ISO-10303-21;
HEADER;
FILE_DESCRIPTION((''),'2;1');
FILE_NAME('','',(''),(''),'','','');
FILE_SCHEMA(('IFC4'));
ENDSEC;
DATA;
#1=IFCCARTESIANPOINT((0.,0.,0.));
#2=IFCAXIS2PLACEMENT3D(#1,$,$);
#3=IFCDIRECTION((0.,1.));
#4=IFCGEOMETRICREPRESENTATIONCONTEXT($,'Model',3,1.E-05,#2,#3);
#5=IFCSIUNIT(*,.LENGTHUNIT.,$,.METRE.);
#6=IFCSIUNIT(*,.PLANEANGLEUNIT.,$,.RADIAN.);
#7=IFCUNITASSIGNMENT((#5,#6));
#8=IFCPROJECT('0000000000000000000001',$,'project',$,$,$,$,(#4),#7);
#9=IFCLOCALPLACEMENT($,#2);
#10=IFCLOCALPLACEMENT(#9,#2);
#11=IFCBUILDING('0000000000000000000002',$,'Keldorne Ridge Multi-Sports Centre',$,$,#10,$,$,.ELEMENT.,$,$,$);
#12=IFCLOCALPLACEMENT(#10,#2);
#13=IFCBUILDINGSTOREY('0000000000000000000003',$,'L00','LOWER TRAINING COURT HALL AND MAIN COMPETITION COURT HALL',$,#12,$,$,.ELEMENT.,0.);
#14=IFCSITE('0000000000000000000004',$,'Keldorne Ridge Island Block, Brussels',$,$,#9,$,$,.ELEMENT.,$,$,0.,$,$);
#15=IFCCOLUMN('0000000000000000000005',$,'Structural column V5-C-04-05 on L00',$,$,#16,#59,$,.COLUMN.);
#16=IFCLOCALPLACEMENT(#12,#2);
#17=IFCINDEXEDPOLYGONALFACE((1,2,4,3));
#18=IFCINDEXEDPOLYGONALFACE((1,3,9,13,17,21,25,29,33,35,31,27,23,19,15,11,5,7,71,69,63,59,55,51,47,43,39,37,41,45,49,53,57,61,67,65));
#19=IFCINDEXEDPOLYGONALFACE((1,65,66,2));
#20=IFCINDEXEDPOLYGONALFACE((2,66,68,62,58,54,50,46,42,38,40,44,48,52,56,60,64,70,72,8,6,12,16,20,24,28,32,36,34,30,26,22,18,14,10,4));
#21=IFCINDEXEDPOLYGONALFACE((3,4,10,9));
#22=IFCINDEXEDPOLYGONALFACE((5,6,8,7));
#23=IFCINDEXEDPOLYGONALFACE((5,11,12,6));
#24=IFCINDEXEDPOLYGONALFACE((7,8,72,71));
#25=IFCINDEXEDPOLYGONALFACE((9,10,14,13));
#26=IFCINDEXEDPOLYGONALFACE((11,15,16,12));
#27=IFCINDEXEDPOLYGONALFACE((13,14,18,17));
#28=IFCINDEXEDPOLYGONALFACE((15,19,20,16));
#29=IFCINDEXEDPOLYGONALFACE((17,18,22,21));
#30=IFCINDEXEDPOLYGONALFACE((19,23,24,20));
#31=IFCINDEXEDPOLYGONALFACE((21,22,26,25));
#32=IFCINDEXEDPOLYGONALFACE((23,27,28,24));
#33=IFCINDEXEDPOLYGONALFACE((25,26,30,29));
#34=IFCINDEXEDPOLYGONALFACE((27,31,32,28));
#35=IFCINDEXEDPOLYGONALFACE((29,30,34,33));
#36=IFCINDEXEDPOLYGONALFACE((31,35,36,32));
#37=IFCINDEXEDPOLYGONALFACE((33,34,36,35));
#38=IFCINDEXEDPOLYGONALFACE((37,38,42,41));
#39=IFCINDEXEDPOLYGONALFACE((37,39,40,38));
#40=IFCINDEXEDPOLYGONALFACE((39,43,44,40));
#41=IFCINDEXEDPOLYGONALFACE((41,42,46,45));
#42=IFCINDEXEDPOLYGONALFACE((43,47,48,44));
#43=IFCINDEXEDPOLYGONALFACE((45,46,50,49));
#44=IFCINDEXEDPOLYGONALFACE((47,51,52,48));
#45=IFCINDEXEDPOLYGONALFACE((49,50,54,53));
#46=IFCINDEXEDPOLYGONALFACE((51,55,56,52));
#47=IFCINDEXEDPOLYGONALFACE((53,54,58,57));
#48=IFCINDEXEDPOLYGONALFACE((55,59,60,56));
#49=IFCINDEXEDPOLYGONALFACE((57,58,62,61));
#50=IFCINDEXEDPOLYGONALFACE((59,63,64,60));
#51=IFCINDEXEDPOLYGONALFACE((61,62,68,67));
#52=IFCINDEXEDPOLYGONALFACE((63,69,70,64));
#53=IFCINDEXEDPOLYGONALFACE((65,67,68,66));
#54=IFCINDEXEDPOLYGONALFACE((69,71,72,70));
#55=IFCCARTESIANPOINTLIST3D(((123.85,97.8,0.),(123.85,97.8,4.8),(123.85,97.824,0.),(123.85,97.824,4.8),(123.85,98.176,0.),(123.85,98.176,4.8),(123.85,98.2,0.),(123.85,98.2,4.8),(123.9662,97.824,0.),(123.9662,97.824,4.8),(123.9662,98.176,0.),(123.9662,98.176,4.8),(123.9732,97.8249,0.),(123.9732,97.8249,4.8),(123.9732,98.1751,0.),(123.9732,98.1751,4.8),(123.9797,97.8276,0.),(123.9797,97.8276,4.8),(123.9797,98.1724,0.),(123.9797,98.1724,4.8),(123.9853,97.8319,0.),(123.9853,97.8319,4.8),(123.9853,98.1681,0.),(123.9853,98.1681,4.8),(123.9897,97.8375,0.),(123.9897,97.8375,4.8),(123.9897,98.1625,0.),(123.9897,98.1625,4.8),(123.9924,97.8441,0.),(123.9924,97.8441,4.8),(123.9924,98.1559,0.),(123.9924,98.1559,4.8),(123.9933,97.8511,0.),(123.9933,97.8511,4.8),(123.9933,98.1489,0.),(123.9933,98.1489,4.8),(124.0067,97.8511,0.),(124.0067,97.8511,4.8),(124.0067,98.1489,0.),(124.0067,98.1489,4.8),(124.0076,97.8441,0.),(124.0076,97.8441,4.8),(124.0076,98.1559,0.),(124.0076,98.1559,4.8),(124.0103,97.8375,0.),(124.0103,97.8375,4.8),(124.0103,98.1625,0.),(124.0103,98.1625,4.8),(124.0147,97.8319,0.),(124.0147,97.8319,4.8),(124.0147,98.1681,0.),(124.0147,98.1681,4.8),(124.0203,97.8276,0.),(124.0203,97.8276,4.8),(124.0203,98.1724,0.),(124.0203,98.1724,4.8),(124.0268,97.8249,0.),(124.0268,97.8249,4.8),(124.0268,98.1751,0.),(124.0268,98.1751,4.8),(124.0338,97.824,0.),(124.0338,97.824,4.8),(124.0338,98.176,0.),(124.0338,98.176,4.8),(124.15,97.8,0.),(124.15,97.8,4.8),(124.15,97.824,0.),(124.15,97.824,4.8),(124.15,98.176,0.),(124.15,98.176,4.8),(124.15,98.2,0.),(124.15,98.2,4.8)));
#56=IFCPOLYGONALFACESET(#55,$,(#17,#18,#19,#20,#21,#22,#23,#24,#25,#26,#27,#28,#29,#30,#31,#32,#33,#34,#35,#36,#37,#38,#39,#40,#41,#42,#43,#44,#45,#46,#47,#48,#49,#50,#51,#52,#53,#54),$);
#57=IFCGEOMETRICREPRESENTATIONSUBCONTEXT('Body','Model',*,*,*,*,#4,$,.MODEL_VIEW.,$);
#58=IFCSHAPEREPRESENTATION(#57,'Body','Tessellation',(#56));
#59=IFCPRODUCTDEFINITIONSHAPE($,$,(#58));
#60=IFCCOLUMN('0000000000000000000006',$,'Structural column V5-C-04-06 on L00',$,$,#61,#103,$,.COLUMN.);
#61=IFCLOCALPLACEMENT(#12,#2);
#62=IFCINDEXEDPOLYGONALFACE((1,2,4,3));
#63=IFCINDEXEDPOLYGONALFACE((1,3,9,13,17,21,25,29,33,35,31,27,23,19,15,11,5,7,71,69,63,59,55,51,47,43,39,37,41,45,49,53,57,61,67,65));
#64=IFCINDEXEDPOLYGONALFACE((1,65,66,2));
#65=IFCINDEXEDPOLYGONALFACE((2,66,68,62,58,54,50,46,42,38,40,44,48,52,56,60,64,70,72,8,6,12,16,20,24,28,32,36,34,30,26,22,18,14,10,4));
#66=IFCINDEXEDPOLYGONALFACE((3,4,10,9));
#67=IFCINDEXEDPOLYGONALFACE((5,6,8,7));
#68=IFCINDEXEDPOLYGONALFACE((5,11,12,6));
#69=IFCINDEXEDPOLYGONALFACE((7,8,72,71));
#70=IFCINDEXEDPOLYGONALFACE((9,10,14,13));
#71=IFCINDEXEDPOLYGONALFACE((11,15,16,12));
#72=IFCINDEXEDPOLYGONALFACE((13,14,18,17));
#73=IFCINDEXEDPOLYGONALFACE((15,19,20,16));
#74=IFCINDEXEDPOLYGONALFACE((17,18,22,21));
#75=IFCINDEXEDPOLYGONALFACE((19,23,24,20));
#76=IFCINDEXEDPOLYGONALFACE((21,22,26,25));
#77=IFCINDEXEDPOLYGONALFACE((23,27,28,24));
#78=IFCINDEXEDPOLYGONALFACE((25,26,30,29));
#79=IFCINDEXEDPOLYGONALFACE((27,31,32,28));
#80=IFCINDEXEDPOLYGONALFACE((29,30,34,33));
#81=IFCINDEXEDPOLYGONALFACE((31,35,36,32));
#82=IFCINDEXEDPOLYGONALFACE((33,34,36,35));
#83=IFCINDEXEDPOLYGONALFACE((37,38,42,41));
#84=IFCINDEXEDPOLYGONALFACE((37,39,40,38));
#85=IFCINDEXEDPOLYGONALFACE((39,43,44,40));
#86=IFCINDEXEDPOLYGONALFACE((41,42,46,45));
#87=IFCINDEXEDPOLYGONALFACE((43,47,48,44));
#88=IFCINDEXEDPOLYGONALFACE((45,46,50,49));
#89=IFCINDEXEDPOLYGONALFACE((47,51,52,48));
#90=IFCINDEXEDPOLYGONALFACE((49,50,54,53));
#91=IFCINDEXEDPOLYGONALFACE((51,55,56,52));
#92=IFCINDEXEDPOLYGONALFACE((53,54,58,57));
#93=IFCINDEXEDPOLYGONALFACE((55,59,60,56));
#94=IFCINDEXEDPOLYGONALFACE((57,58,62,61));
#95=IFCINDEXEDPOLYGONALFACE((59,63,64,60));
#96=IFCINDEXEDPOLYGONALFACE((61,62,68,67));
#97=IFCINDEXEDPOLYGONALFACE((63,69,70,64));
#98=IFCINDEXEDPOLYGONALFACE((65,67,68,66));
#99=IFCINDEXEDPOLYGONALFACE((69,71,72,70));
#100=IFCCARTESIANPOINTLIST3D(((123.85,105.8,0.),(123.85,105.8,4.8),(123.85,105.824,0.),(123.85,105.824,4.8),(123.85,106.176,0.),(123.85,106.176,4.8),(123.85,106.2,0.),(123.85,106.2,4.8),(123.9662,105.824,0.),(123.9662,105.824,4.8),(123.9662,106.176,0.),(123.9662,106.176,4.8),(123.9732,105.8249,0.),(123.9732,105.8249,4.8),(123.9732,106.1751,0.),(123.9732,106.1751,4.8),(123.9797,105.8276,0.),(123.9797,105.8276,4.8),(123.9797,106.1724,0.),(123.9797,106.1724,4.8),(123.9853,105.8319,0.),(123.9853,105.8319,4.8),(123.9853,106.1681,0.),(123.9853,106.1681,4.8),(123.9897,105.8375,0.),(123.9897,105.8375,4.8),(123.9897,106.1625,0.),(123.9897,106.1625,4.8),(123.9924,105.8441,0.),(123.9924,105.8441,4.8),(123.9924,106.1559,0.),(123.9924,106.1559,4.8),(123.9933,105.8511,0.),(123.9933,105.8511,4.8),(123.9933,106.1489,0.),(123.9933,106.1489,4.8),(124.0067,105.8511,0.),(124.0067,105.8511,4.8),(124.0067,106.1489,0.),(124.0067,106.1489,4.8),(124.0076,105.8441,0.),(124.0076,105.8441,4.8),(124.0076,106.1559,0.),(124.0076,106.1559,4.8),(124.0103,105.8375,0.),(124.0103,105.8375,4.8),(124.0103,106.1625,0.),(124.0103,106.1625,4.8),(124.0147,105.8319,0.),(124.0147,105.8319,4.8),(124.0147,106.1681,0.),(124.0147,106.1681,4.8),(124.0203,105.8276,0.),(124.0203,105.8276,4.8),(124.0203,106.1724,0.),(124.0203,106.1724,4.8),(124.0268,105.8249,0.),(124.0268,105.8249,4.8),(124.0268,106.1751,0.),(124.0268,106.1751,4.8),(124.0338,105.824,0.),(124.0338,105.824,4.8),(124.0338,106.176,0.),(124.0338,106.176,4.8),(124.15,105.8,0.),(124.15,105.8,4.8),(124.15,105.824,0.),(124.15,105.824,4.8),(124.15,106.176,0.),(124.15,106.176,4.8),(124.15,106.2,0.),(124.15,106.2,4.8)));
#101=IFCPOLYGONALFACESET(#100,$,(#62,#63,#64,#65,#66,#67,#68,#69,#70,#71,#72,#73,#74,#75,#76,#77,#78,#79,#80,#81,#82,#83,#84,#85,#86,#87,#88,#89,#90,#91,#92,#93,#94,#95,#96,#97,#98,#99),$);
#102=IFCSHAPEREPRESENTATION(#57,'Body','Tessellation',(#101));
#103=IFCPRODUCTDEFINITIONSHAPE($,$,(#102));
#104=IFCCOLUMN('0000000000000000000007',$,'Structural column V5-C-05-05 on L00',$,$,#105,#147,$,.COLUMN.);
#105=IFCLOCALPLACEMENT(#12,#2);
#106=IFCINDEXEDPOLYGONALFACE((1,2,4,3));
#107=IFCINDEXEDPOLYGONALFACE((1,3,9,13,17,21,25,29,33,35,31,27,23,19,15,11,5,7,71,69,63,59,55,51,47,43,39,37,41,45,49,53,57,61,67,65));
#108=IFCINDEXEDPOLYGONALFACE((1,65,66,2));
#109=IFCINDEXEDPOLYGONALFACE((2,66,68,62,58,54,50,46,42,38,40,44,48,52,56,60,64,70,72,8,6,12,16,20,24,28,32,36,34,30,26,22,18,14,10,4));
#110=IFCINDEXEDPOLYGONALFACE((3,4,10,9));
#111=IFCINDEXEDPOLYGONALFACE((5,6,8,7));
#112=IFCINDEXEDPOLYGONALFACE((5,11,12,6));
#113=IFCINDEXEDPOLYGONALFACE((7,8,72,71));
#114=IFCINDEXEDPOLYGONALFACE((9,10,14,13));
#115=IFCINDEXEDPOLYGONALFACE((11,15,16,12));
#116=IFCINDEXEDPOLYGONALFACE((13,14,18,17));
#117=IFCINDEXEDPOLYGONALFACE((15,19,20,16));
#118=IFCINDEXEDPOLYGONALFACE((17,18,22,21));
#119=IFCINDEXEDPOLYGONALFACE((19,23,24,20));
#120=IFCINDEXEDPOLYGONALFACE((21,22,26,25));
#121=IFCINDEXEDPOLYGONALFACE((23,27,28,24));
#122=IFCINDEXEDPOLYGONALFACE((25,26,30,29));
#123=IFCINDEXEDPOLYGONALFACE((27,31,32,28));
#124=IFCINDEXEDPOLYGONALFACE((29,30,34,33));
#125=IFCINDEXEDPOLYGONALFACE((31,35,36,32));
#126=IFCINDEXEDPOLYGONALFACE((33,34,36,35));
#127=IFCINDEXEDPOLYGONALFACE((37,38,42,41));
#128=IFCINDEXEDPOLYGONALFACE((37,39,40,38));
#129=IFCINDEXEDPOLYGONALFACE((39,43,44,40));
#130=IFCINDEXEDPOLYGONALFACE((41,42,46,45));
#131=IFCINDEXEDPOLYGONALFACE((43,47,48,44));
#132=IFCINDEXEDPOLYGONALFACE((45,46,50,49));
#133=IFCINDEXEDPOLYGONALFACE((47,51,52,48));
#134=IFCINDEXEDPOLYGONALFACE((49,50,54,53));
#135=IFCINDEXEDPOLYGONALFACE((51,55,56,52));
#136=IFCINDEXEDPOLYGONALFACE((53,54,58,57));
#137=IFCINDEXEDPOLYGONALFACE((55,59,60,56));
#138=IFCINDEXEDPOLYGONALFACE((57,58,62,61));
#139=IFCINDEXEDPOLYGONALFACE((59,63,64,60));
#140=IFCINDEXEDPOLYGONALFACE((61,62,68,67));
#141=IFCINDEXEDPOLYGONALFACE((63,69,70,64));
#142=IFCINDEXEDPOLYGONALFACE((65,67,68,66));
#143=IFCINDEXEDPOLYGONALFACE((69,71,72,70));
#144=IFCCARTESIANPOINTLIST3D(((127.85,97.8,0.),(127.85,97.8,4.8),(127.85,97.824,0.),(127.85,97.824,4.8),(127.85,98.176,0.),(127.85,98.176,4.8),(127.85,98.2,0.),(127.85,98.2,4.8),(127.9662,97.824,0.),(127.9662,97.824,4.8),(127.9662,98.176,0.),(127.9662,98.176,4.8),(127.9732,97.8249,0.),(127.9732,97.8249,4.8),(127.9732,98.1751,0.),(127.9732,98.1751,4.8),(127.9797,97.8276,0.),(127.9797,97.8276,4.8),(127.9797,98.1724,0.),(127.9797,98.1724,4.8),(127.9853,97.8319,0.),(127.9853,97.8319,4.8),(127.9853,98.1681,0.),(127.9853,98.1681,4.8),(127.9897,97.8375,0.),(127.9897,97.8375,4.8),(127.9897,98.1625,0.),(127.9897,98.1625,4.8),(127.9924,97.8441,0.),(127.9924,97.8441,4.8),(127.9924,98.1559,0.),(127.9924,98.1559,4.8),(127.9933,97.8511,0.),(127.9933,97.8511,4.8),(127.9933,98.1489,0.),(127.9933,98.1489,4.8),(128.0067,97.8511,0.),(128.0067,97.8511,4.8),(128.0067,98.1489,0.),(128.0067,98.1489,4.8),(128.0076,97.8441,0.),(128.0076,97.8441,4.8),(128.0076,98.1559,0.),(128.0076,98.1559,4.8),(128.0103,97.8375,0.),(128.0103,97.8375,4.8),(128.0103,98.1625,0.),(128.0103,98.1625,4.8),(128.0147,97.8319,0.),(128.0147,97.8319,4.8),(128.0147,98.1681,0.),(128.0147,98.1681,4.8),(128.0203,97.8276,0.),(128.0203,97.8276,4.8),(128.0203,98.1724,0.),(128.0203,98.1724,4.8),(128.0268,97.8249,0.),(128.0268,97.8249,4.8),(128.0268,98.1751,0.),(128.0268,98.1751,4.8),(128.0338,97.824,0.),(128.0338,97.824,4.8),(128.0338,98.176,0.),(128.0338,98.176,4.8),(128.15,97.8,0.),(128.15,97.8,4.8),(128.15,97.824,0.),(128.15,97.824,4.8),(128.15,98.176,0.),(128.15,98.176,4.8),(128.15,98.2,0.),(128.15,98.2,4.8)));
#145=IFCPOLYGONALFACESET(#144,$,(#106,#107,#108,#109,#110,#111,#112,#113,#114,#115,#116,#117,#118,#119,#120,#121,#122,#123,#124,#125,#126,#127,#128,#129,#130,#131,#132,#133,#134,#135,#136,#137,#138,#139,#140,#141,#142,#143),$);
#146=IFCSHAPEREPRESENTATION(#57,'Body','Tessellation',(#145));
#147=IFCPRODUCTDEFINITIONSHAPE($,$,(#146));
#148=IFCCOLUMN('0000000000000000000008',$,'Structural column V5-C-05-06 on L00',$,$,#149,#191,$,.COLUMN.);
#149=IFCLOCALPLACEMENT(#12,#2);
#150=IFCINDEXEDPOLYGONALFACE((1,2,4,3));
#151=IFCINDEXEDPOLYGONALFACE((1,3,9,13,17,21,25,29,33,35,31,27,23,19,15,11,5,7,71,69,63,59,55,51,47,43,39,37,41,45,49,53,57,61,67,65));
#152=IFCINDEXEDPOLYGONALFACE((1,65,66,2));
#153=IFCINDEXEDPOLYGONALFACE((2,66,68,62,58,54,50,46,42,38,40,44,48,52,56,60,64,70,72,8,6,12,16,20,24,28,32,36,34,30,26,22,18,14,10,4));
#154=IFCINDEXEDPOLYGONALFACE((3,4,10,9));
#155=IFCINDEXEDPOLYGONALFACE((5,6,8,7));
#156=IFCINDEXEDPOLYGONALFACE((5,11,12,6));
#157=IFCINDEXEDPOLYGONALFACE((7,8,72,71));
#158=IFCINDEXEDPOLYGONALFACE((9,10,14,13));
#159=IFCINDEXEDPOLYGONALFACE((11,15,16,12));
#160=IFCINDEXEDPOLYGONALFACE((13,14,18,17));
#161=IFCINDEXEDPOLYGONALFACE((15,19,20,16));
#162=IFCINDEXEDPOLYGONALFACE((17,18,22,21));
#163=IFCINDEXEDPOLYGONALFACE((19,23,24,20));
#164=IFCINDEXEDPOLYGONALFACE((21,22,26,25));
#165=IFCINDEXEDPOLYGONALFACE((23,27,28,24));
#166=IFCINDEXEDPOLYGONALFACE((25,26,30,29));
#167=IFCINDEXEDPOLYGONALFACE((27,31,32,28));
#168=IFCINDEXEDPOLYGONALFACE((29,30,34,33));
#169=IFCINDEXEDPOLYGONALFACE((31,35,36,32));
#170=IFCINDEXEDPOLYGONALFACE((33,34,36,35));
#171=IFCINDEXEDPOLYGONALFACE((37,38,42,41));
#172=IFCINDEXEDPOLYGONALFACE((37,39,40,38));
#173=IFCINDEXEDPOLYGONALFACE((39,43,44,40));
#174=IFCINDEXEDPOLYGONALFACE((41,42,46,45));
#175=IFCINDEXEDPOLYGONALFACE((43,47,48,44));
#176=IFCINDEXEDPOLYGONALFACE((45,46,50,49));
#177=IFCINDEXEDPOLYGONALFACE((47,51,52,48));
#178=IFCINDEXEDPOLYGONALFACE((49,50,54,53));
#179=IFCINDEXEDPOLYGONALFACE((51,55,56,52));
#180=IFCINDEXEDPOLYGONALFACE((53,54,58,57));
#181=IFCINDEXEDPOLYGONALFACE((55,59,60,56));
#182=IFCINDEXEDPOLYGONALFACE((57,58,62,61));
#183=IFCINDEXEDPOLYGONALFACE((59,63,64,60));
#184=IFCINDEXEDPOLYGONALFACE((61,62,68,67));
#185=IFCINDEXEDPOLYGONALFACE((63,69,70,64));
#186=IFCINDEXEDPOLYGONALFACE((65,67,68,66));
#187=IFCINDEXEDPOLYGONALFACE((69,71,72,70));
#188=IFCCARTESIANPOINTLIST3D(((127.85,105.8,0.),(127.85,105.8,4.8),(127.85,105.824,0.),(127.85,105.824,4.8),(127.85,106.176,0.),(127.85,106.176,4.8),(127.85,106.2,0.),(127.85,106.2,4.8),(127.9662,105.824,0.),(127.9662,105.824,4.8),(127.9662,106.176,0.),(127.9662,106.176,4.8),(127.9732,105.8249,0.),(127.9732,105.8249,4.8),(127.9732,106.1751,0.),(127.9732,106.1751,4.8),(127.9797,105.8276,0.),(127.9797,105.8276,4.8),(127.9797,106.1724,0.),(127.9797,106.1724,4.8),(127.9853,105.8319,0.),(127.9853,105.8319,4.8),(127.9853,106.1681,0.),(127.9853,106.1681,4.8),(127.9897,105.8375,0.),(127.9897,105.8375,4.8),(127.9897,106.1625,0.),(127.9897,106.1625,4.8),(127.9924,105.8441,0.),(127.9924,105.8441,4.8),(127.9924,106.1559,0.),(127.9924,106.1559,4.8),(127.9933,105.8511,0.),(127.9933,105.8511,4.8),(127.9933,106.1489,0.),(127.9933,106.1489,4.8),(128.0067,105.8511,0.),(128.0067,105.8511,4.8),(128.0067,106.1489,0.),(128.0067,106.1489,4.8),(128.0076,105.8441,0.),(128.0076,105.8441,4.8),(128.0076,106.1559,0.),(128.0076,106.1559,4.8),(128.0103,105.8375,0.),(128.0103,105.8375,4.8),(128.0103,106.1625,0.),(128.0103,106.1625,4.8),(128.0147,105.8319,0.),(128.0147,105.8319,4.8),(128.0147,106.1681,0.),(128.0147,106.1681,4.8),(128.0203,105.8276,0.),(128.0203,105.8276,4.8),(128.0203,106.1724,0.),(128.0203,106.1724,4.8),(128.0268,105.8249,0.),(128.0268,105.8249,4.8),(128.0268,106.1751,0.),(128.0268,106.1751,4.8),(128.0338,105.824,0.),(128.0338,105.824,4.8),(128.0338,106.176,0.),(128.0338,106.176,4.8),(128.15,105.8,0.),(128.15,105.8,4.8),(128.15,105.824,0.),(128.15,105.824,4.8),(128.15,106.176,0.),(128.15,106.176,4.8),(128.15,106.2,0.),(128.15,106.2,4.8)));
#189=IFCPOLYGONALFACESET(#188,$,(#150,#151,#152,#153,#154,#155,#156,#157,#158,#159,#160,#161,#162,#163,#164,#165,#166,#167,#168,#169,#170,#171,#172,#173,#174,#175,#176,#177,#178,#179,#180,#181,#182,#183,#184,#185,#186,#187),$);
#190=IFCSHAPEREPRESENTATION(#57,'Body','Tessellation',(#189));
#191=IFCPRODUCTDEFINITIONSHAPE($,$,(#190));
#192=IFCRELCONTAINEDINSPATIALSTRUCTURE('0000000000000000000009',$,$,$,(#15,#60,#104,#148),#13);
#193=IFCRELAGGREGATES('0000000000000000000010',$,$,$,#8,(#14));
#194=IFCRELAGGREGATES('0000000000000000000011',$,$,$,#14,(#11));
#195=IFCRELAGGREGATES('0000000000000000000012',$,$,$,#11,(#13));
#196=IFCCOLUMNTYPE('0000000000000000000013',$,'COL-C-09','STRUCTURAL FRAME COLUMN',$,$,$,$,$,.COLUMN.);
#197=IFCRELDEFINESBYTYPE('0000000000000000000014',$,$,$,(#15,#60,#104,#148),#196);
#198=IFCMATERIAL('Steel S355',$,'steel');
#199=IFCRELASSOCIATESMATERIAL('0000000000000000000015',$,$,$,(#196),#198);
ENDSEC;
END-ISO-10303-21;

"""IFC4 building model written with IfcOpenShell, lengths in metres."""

from ifc_helpers import new_model, si_unit, direction, frame, origin, origin_2d, place, context, subcontext, project, spatial, i_section, extrude, material, material_profile, profile_set, type_object, element, save


model = new_model("IFC4")

# Units and contexts
model_context = context("Model", 3, precision=1e-05, world=origin(), true_north=direction((0.0, 1.0)))
body_context = subcontext(model_context, "Body", "Model", "MODEL_VIEW")
ifc_project = project(units=[si_unit("LENGTHUNIT", "METRE"), si_unit("PLANEANGLEUNIT", "RADIAN")], contexts=[model_context])

# Site, building, storey
site_placement = place(None, origin())
site = spatial("IfcSite", under=ifc_project, at=site_placement, Name="Keldorne Ridge Island Block, Brussels", CompositionType="ELEMENT", RefElevation=0.0)
building_placement = place(site_placement, origin())
building = spatial("IfcBuilding", under=site, at=building_placement, Name="Keldorne Ridge Multi-Sports Centre", CompositionType="ELEMENT")
storey_placement = place(building_placement, origin())
storey = spatial("IfcBuildingStorey", under=building, at=storey_placement, Name="L00", Description="LOWER TRAINING COURT HALL AND MAIN COMPETITION COURT HALL", CompositionType="ELEMENT", Elevation=0.0)

# Columns
ifc_material_1 = material(Name="Steel S355", Category="steel")
ifc_material_profile_1 = material_profile(ifc_material_1, i_section(OverallWidth=0.3, OverallDepth=0.3999, WebThickness=0.0134, FlangeThickness=0.0239, FilletRadius=0.0271, at=origin_2d()), Name="HEB 400")
ifc_profile_set_1 = profile_set([ifc_material_profile_1], Name="Steel S355")
column_type = type_object("IfcColumnType", Name="COL-C-09", Description="STRUCTURAL FRAME COLUMN", PredefinedType="COLUMN", material=ifc_profile_set_1)
for number, where, z_axis, x_axis, name in (
    (1, (124.0, 98.0, 0.0), (0.0, 0.0, 1.0), (1.0, 0.0, 0.0), "Structural column V5-C-04-05 on L00"),
    (2, (124.0, 106.0, 0.0), (0.0, 0.0, 1.0), (1.0, 0.0, 0.0), "Structural column V5-C-04-06 on L00"),
    (3, (128.0, 98.0, 0.0), (0.0, 0.0, 1.0), (1.0, 0.0, 0.0), "Structural column V5-C-05-05 on L00"),
    (4, (128.0, 106.0, 0.0), (0.0, 0.0, 1.0), (1.0, 0.0, 0.0), "Structural column V5-C-05-06 on L00"),
):
    element("IfcColumn", number, at=place(storey_placement, frame(where, z_axis=z_axis, x_axis=x_axis)), inside=storey, type_object=column_type, Name=name, PredefinedType="COLUMN", context=body_context, shape_type="SweptSolid", body=[
        extrude(i_section(OverallWidth=0.3, OverallDepth=0.3999, WebThickness=0.0134, FlangeThickness=0.0239, FilletRadius=0.0271, at=origin_2d()), origin(), (0.0, 0.0, 1.0), 4.8),
    ])

save(model, "model.ifc")
